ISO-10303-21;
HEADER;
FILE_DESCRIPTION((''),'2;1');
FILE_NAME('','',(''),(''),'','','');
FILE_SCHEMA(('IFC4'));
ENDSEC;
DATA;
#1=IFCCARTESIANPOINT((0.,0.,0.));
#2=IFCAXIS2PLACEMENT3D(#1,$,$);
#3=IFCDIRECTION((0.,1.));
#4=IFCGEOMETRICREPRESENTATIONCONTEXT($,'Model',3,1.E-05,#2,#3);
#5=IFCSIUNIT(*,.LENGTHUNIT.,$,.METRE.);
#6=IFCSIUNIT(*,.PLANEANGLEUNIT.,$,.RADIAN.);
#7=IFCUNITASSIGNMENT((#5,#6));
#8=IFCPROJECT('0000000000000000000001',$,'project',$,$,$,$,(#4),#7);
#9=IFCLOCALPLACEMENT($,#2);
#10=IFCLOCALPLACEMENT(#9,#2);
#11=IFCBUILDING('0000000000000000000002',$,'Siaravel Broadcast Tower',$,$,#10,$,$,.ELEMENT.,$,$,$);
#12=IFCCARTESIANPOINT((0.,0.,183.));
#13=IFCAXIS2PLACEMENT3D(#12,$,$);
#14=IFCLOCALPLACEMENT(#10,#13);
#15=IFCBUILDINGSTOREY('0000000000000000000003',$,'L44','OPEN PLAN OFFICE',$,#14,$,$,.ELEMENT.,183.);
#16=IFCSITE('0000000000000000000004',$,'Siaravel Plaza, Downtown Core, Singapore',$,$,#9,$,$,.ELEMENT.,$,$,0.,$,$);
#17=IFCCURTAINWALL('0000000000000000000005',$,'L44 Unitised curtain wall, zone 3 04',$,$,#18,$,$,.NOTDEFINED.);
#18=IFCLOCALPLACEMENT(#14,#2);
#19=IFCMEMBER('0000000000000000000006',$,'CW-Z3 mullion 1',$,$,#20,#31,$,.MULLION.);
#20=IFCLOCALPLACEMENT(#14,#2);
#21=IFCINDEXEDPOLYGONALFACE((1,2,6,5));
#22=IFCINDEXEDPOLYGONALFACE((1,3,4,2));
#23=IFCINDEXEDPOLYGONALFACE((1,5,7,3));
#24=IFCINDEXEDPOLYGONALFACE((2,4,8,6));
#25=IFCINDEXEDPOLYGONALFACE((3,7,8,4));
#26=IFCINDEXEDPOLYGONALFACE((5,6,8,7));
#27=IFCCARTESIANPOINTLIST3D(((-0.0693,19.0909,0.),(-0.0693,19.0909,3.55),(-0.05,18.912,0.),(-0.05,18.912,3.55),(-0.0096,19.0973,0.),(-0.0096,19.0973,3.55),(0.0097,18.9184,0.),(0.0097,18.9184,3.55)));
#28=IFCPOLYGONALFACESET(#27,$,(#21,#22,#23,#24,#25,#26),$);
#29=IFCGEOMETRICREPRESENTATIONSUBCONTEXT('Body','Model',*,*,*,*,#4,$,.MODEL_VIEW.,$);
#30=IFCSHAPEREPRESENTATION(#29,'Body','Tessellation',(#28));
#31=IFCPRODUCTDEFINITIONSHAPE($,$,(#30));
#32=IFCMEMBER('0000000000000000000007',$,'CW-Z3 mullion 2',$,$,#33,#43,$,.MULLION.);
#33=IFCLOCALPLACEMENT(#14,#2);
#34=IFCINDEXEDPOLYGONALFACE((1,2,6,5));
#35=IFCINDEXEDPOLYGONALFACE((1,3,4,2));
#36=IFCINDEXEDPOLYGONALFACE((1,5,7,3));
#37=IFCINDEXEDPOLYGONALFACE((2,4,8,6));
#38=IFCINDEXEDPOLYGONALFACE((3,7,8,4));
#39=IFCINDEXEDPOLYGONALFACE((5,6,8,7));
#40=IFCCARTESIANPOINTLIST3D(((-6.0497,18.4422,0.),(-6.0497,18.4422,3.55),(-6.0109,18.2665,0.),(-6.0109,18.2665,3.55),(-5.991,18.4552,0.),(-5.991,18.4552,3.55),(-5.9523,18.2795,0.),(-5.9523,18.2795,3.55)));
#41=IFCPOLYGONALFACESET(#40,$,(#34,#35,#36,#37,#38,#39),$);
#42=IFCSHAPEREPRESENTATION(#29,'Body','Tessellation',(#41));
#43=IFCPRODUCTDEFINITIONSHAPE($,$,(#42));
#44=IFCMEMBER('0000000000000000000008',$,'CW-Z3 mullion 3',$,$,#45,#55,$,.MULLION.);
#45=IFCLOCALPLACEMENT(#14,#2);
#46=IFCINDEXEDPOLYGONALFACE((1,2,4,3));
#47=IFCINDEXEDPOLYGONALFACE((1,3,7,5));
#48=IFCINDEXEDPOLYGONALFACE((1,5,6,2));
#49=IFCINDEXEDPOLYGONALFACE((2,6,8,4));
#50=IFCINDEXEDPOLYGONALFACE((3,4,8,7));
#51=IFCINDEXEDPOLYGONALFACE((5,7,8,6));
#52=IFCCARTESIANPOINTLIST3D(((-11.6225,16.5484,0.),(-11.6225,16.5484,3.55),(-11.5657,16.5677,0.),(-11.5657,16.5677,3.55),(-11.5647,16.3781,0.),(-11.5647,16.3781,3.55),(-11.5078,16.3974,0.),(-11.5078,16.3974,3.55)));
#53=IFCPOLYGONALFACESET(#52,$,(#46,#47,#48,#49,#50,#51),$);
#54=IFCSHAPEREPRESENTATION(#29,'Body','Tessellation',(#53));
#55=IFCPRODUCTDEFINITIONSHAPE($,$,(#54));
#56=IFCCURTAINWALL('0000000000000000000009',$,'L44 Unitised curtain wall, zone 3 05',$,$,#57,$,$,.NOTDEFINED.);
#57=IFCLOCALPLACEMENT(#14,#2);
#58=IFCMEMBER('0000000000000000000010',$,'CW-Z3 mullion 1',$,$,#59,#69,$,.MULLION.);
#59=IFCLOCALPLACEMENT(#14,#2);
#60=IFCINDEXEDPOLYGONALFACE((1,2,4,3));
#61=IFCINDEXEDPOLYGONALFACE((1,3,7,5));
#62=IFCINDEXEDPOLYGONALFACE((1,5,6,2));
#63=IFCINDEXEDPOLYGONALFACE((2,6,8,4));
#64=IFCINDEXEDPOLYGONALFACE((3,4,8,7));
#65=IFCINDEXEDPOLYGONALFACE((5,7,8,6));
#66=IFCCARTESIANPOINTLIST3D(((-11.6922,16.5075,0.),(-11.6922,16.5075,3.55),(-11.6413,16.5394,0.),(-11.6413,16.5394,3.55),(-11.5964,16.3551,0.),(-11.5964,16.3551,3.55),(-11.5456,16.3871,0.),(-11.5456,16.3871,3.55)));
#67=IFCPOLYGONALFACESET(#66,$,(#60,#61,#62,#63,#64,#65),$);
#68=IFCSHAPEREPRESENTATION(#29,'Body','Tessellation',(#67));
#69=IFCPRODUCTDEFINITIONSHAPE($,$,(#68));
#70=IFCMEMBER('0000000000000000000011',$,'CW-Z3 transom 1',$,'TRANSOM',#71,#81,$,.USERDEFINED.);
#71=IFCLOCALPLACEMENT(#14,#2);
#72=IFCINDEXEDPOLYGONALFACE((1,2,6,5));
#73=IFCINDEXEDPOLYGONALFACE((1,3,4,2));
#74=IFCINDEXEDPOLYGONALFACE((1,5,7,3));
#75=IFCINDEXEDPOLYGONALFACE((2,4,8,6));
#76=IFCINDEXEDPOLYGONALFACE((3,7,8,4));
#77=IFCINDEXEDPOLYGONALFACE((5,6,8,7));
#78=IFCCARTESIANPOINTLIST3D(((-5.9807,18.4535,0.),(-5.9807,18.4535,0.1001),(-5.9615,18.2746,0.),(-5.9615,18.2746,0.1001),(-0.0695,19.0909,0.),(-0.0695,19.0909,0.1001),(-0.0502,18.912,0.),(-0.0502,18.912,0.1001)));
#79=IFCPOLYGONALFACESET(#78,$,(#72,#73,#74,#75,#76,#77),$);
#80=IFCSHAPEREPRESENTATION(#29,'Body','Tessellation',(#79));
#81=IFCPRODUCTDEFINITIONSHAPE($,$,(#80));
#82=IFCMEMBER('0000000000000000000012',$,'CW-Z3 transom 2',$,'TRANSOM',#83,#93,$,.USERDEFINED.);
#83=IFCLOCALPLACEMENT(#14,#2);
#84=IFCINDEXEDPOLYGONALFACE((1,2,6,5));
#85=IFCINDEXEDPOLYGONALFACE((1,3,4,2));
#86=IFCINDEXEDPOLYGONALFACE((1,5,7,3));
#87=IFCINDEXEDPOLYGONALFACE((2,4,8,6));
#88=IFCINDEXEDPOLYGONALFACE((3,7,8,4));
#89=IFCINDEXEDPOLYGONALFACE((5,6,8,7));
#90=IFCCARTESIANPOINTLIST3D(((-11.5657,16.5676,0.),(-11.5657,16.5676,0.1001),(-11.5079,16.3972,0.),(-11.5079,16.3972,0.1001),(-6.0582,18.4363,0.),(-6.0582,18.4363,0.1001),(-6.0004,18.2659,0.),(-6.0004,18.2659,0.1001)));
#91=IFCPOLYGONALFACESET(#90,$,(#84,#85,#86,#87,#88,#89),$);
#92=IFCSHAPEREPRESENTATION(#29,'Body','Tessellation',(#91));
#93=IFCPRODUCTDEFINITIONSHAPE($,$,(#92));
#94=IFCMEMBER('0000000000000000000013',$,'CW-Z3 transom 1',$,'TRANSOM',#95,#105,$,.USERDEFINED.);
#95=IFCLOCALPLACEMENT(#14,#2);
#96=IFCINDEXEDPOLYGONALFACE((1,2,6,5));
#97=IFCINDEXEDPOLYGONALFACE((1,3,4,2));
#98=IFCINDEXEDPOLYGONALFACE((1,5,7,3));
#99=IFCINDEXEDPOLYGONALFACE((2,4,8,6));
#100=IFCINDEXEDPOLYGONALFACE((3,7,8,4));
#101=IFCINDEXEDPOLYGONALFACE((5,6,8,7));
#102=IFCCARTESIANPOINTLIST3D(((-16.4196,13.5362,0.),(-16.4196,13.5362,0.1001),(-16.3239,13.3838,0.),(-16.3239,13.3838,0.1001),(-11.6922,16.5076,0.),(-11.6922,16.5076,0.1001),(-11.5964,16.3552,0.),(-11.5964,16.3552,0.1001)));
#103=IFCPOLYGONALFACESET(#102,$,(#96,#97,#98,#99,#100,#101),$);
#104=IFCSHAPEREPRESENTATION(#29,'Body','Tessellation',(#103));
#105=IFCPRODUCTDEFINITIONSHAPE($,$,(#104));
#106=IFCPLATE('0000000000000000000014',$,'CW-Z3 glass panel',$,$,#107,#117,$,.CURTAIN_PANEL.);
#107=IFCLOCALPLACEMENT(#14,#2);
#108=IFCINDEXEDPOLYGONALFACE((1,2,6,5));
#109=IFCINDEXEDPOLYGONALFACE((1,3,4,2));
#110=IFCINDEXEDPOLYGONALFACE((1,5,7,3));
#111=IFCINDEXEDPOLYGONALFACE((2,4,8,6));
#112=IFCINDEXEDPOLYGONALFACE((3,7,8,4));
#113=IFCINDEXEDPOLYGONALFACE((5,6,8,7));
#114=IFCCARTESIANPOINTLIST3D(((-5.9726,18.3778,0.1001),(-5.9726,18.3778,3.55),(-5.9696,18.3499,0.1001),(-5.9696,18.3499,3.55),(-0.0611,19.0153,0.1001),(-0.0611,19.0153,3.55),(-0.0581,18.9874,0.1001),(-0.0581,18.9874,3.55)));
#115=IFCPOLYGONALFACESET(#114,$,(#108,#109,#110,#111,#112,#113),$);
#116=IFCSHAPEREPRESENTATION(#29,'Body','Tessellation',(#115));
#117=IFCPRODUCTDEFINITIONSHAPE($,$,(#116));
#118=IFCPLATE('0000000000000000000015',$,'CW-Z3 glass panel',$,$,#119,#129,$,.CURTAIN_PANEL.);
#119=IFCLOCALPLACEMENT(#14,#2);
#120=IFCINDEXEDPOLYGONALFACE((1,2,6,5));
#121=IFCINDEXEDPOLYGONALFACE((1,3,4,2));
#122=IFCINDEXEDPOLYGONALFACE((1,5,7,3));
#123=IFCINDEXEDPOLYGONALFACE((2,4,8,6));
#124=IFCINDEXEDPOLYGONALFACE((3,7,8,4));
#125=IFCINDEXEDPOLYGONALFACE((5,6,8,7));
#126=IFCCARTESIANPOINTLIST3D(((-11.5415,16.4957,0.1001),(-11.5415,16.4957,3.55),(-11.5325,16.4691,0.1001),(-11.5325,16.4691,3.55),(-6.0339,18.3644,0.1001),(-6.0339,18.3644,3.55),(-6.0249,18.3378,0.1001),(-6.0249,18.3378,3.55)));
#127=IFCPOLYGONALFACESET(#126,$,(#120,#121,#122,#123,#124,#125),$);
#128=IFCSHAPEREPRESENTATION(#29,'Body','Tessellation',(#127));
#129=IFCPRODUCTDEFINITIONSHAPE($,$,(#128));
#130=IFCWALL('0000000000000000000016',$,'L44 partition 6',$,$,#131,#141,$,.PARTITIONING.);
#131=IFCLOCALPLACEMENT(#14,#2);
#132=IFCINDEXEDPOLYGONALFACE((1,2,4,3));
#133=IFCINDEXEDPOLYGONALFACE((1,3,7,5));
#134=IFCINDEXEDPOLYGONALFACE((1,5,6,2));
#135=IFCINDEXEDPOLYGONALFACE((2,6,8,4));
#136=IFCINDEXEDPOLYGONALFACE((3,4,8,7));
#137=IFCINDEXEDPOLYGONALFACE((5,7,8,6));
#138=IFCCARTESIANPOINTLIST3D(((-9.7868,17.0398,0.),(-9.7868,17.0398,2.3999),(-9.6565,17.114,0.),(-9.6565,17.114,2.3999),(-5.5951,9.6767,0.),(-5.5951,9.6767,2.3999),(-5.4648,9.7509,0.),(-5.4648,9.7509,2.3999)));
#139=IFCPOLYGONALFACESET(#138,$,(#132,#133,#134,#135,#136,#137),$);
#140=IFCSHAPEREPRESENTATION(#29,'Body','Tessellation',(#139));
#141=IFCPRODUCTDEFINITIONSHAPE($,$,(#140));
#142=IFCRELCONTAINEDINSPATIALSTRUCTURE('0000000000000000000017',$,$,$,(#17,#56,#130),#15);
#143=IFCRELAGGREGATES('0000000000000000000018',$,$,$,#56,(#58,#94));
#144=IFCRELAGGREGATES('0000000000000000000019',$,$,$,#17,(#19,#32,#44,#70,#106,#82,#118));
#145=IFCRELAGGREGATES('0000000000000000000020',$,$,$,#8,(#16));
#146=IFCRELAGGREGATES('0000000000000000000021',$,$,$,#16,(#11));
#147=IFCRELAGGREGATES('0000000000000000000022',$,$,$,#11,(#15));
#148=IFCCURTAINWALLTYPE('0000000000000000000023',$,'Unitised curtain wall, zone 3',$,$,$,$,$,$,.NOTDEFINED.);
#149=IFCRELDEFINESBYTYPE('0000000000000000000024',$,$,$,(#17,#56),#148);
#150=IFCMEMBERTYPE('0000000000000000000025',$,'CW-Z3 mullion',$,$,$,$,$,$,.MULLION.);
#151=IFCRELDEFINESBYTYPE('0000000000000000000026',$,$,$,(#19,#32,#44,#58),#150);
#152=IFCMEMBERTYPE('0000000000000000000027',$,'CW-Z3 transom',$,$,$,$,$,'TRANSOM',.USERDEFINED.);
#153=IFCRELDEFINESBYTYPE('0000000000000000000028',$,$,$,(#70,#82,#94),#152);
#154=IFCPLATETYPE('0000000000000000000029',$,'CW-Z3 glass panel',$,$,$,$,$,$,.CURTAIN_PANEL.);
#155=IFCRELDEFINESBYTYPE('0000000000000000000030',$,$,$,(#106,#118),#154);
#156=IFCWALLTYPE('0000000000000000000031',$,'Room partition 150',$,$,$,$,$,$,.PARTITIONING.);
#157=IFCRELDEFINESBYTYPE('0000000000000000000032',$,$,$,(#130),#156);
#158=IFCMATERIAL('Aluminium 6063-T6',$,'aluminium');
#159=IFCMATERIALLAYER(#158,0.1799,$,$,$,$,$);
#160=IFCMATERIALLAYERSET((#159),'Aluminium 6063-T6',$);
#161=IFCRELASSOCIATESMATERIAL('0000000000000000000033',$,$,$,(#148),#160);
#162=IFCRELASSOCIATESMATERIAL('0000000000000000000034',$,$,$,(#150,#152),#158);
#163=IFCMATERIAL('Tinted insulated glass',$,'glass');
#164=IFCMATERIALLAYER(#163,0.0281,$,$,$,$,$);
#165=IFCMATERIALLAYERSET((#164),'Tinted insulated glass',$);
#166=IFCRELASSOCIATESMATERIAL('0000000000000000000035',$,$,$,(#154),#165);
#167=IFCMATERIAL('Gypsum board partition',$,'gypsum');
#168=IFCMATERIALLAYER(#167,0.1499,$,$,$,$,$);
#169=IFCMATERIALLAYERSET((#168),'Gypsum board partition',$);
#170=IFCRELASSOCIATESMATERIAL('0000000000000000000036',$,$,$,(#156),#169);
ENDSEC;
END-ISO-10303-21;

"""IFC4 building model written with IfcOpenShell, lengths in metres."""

from ifc_helpers import new_model, si_unit, direction, frame, frame_2d, origin, origin_2d, place, context, subcontext, project, spatial, rectangle, extrude, material, layer, layer_set, material_profile, profile_set, type_object, element, aggregate, save


model = new_model("IFC4")

# Units and contexts
model_context = context("Model", 3, precision=1e-05, world=origin(), true_north=direction((0.0, 1.0)))
body_context = subcontext(model_context, "Body", "Model", "MODEL_VIEW")
ifc_project = project(units=[si_unit("LENGTHUNIT", "METRE"), si_unit("PLANEANGLEUNIT", "RADIAN")], contexts=[model_context])

# Site, building, storey
site_placement = place(None, origin())
site = spatial("IfcSite", under=ifc_project, at=site_placement, Name="Siaravel Plaza, Downtown Core, Singapore", CompositionType="ELEMENT", RefElevation=0.0)
building_placement = place(site_placement, origin())
building = spatial("IfcBuilding", under=site, at=building_placement, Name="Siaravel Broadcast Tower", CompositionType="ELEMENT")
storey_placement = place(building_placement, frame((0.0, 0.0, 183.0)))
storey = spatial("IfcBuildingStorey", under=building, at=storey_placement, Name="L44", Description="OPEN PLAN OFFICE", CompositionType="ELEMENT", Elevation=183.0)

# Curtain wall, members
ifc_material_1 = material(Name="Aluminium 6063-T6", Category="aluminium")
ifc_layer_1 = layer(ifc_material_1, 0.1799)
ifc_layer_set_1 = layer_set([ifc_layer_1], Name="Aluminium 6063-T6")
curtain_wall_type = type_object("IfcCurtainWallType", Name="Unitised curtain wall, zone 3", PredefinedType="NOTDEFINED", material=ifc_layer_set_1)
curtain_wall_1_placement = place(storey_placement, origin())
curtain_wall_1 = element("IfcCurtainWall", 1, at=curtain_wall_1_placement, inside=storey, type_object=curtain_wall_type, Name="L44 Unitised curtain wall, zone 3 04", PredefinedType="NOTDEFINED")
ifc_material_profile_1 = material_profile(ifc_material_1, rectangle(XDim=0.1799, YDim=0.0601, at=origin_2d()))
ifc_profile_set_1 = profile_set([ifc_material_profile_1], Name="Aluminium 6063-T6")
member_type_1 = type_object("IfcMemberType", Name="CW-Z3 mullion", PredefinedType="MULLION", material=ifc_profile_set_1)
member_1_placement = place(storey_placement, frame((-0.0298, 19.0046, 0.0), z_axis=(0.0, 0.0, 1.0), x_axis=(0.107217, -0.994236, 0.0)))
member_1 = element("IfcMember", 2, at=member_1_placement, type_object=member_type_1, Name="CW-Z3 mullion 1", PredefinedType="MULLION", context=body_context, shape_type="SweptSolid", body=[
    extrude(rectangle(XDim=0.1799, YDim=0.0601, at=origin_2d()), origin(), (0.0, 0.0, 1.0), 3.55),
])
member_2_placement = place(storey_placement, frame((-6.001, 18.3608, 0.0), z_axis=(0.0, 0.0, 1.0), x_axis=(0.215558, -0.976491, 0.0)))
member_2 = element("IfcMember", 3, at=member_2_placement, type_object=member_type_1, Name="CW-Z3 mullion 2", PredefinedType="MULLION", context=body_context, shape_type="SweptSolid", body=[
    extrude(rectangle(XDim=0.1799, YDim=0.0601, at=origin_2d()), origin(), (0.0, 0.0, 1.0), 3.55),
])
member_3_placement = place(storey_placement, frame((-11.5652, 16.4729, 0.0), z_axis=(0.0, 0.0, 1.0), x_axis=(0.3213, -0.946977, 0.0)))
member_3 = element("IfcMember", 4, at=member_3_placement, type_object=member_type_1, Name="CW-Z3 mullion 3", PredefinedType="MULLION", context=body_context, shape_type="SweptSolid", body=[
    extrude(rectangle(XDim=0.1799, YDim=0.0601, at=origin_2d()), origin(), (0.0, 0.0, 1.0), 3.55),
])

# Curtain wall, member
curtain_wall_2_placement = place(storey_placement, origin())
curtain_wall_2 = element("IfcCurtainWall", 5, at=curtain_wall_2_placement, inside=storey, type_object=curtain_wall_type, Name="L44 Unitised curtain wall, zone 3 05", PredefinedType="NOTDEFINED")
member_4_placement = place(storey_placement, frame((-11.6189, 16.4473, 0.0), z_axis=(0.0, 0.0, 1.0), x_axis=(0.532149, -0.846651, 0.0)))
member_4 = element("IfcMember", 6, at=member_4_placement, type_object=member_type_1, Name="CW-Z3 mullion 1", PredefinedType="MULLION", context=body_context, shape_type="SweptSolid", body=[
    extrude(rectangle(XDim=0.1799, YDim=0.0601, at=origin_2d()), origin(), (0.0, 0.0, 1.0), 3.55),
])

# Members
ifc_material_profile_2 = material_profile(ifc_material_1, rectangle(XDim=0.1799, YDim=0.1001, at=origin_2d()))
ifc_profile_set_2 = profile_set([ifc_material_profile_2], Name="Aluminium 6063-T6")
member_type_2 = type_object("IfcMemberType", Name="CW-Z3 transom", ElementType="TRANSOM", PredefinedType="USERDEFINED", material=ifc_profile_set_2)
member_5_placement = place(storey_placement, frame((-0.0598, 19.0015, 0.05), z_axis=(-0.994236, -0.107213, 0.0), x_axis=(0.107213, -0.994236, 0.0)))
member_5 = element("IfcMember", 7, at=member_5_placement, type_object=member_type_2, Name="CW-Z3 transom 1", ObjectType="TRANSOM", PredefinedType="USERDEFINED", context=body_context, shape_type="SweptSolid", body=[
    extrude(rectangle(XDim=0.1799, YDim=0.1001, at=origin_2d()), origin(), (0.0, 0.0, 1.0), 5.9456),
])
member_6_placement = place(storey_placement, frame((-6.0293, 18.3511, 0.05), z_axis=(-0.946978, -0.321298, 0.0), x_axis=(0.321298, -0.946978, 0.0)))
member_6 = element("IfcMember", 8, at=member_6_placement, type_object=member_type_2, Name="CW-Z3 transom 2", ObjectType="TRANSOM", PredefinedType="USERDEFINED", context=body_context, shape_type="SweptSolid", body=[
    extrude(rectangle(XDim=0.1799, YDim=0.1001, at=origin_2d()), origin(), (0.0, 0.0, 1.0), 5.8159),
])
member_7_placement = place(storey_placement, frame((-11.6443, 16.4314, 0.05), z_axis=(-0.846649, -0.532151, 0.0), x_axis=(0.532151, -0.846649, 0.0)))
member_7 = element("IfcMember", 9, at=member_7_placement, type_object=member_type_2, Name="CW-Z3 transom 1", ObjectType="TRANSOM", PredefinedType="USERDEFINED", context=body_context, shape_type="SweptSolid", body=[
    extrude(rectangle(XDim=0.1799, YDim=0.1001, at=origin_2d()), origin(), (0.0, 0.0, 1.0), 5.5837),
])
aggregate(curtain_wall_2, [member_4, member_7])

# Plates
ifc_material_2 = material(Name="Tinted insulated glass", Category="glass")
ifc_layer_2 = layer(ifc_material_2, 0.0281)
ifc_layer_set_2 = layer_set([ifc_layer_2], Name="Tinted insulated glass")
plate_type = type_object("IfcPlateType", Name="CW-Z3 glass panel", PredefinedType="CURTAIN_PANEL", material=ifc_layer_set_2)
plate_1_placement = place(storey_placement, frame((-3.0154, 18.6826, 0.1001), z_axis=(0.0, 0.0, 1.0), x_axis=(-0.994236, -0.107217, 0.0)))
plate_1 = element("IfcPlate", 10, at=plate_1_placement, type_object=plate_type, Name="CW-Z3 glass panel", PredefinedType="CURTAIN_PANEL", context=body_context, shape_type="SweptSolid", body=[
    extrude(rectangle(XDim=5.9458, YDim=0.0281, at=origin_2d()), origin(), (0.0, 0.0, 1.0), 3.45),
])
plate_2_placement = place(storey_placement, frame((-8.7832, 17.4167, 0.1001), z_axis=(0.0, 0.0, 1.0), x_axis=(-0.946977, -0.3213, 0.0)))
plate_2 = element("IfcPlate", 11, at=plate_2_placement, type_object=plate_type, Name="CW-Z3 glass panel", PredefinedType="CURTAIN_PANEL", context=body_context, shape_type="SweptSolid", body=[
    extrude(rectangle(XDim=5.8159, YDim=0.0281, at=origin_2d()), origin(), (0.0, 0.0, 1.0), 3.45),
])
aggregate(curtain_wall_1, [member_1, member_2, member_3, member_5, plate_1, member_6, plate_2])

# Wall
ifc_material_3 = material(Name="Gypsum board partition", Category="gypsum")
ifc_layer_3 = layer(ifc_material_3, 0.1499)
ifc_layer_set_3 = layer_set([ifc_layer_3], Name="Gypsum board partition")
wall_type = type_object("IfcWallType", Name="Room partition 150", PredefinedType="PARTITIONING", material=ifc_layer_set_3)
wall_placement = place(storey_placement, frame((-9.7217, 17.0769, 0.0), z_axis=(0.0, 0.0, 1.0), x_axis=(0.494733, -0.869045, 0.0)))
element("IfcWall", 12, at=wall_placement, inside=storey, type_object=wall_type, Name="L44 partition 6", PredefinedType="PARTITIONING", context=body_context, shape_type="SweptSolid", body=[
    extrude(rectangle(XDim=8.4727, YDim=0.1499, at=frame_2d((4.2363, 0.0))), origin(), (0.0, 0.0, 1.0), 2.3999),
])

save(model, "model.ifc")
